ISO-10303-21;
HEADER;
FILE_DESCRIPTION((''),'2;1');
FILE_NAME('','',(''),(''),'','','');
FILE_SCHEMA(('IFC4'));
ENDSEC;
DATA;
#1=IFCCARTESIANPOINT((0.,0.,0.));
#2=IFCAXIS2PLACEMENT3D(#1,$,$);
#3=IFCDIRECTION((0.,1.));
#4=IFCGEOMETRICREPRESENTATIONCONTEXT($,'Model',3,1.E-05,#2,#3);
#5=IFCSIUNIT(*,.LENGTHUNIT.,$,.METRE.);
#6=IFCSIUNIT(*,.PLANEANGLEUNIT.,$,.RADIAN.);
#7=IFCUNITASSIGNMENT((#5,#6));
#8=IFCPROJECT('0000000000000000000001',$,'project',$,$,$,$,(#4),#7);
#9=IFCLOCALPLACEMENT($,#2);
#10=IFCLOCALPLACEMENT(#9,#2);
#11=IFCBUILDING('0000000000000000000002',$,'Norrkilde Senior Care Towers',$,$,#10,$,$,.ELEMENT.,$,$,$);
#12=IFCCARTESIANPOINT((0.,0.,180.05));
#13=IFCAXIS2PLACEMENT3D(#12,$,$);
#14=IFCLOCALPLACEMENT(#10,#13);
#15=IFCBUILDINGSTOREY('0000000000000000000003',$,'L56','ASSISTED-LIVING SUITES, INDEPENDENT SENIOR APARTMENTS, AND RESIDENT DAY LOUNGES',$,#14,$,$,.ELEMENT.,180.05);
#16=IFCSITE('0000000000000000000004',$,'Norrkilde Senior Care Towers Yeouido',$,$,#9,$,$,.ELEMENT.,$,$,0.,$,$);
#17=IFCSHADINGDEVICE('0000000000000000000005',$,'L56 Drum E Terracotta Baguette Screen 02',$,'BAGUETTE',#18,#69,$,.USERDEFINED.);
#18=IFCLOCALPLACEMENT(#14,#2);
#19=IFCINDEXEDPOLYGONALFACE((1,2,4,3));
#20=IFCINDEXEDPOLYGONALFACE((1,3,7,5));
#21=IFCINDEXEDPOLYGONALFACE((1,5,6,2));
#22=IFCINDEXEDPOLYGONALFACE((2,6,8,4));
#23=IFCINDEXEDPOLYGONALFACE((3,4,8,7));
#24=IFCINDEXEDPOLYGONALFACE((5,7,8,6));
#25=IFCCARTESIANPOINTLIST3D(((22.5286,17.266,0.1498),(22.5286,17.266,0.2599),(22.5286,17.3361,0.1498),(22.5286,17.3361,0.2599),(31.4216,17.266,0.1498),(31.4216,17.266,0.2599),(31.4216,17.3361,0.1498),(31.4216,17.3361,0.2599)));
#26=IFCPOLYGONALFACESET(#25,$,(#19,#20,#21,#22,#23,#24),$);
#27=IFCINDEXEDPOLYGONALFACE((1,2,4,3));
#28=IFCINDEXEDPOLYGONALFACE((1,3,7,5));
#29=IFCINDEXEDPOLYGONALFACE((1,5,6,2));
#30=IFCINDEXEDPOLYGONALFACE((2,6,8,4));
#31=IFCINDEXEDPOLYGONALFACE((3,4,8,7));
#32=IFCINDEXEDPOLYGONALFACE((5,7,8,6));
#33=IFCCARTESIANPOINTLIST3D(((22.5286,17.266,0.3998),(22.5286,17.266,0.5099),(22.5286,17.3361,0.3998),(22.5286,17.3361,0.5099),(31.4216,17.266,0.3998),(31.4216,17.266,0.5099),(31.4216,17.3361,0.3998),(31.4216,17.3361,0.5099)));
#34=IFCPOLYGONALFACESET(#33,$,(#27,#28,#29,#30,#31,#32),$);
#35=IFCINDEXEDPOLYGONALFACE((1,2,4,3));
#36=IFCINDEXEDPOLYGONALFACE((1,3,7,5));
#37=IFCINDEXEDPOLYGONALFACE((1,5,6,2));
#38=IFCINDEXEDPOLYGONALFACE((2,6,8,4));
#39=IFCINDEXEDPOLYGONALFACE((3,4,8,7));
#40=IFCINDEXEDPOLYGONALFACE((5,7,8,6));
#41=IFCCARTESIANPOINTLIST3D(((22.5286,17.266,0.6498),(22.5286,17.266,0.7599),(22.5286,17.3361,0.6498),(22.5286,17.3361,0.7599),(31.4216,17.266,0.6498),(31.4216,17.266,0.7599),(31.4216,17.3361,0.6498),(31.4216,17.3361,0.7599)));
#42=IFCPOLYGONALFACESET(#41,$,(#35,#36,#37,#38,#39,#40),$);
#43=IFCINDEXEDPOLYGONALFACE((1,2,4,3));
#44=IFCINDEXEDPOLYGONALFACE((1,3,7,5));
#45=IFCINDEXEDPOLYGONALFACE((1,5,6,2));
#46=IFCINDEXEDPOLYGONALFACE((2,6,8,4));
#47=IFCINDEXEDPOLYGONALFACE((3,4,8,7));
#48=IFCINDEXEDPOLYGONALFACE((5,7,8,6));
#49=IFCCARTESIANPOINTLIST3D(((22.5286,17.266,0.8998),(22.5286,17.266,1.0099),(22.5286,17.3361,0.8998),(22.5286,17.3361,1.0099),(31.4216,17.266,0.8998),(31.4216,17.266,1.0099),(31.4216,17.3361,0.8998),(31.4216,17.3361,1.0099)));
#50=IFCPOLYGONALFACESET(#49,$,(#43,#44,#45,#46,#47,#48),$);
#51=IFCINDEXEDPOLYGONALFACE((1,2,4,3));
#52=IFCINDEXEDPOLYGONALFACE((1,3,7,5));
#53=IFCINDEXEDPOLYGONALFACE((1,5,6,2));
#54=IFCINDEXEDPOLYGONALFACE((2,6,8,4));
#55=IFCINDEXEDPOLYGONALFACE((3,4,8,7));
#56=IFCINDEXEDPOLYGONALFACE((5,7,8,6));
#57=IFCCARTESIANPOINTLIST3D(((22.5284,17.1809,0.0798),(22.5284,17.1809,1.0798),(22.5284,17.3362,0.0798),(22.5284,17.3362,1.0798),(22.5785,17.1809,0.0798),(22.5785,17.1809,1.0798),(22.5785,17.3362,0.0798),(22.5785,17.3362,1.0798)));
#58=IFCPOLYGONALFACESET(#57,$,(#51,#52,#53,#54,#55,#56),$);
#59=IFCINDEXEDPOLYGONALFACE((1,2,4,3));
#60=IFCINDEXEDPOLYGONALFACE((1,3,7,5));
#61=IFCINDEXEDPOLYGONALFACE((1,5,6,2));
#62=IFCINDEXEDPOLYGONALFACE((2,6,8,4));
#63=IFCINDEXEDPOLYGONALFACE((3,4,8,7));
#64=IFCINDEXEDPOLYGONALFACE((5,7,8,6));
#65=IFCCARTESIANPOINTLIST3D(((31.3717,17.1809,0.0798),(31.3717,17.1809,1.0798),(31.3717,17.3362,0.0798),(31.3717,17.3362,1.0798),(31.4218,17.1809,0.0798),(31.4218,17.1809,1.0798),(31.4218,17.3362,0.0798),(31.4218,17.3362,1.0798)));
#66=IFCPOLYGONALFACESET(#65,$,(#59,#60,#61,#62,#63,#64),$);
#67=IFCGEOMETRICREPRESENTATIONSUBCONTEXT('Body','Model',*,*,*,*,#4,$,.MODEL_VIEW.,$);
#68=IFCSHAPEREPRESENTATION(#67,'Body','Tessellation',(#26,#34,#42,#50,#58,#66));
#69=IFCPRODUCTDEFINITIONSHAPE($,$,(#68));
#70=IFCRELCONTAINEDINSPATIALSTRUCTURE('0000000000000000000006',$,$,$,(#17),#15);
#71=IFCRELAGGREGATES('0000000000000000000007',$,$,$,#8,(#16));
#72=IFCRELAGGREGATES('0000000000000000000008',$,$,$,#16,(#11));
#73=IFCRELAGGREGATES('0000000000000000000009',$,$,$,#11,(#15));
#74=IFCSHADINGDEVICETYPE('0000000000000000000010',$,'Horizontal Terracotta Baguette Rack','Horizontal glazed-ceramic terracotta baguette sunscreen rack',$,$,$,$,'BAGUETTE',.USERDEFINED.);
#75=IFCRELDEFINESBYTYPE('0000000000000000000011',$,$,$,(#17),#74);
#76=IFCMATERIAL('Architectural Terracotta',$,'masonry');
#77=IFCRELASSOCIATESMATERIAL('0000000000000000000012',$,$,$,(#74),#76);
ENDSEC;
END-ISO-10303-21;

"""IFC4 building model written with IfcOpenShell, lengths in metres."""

from ifc_helpers import new_model, si_unit, direction, frame, origin, origin_2d, place, context, subcontext, project, spatial, rectangle, extrude, source, transform, mapped, material, type_object, type_shapes, element, save


model = new_model("IFC4")

# Units and contexts
model_context = context("Model", 3, precision=1e-05, world=origin(), true_north=direction((0.0, 1.0)))
body_context = subcontext(model_context, "Body", "Model", "MODEL_VIEW")
ifc_project = project(units=[si_unit("LENGTHUNIT", "METRE"), si_unit("PLANEANGLEUNIT", "RADIAN")], contexts=[model_context])

# Site, building, storey
site_placement = place(None, origin())
site = spatial("IfcSite", under=ifc_project, at=site_placement, Name="Norrkilde Senior Care Towers Yeouido", CompositionType="ELEMENT", RefElevation=0.0)
building_placement = place(site_placement, origin())
building = spatial("IfcBuilding", under=site, at=building_placement, Name="Norrkilde Senior Care Towers", CompositionType="ELEMENT")
storey_placement = place(building_placement, frame((0.0, 0.0, 180.05)))
storey = spatial("IfcBuildingStorey", under=building, at=storey_placement, Name="L56", Description="ASSISTED-LIVING SUITES, INDEPENDENT SENIOR APARTMENTS, AND RESIDENT DAY LOUNGES", CompositionType="ELEMENT", Elevation=180.05)

# Shading device
ifc_material_1 = material(Name="Architectural Terracotta", Category="masonry")
shading_device_type = type_object("IfcShadingDeviceType", Name="Horizontal Terracotta Baguette Rack", Description="Horizontal glazed-ceramic terracotta baguette sunscreen rack", ElementType="BAGUETTE", PredefinedType="USERDEFINED", material=ifc_material_1)
shared_shape_1 = source(origin(), body_context, "Body", "SweptSolid", [
    extrude(rectangle(XDim=0.0701, YDim=0.1101, at=origin_2d()), frame((0.0, 0.0901, 0.125), z_axis=(1.0, 0.0, 0.0), x_axis=(0.0, 1.0, 0.0)), (0.0, 0.0, 1.0), 8.8931),
    extrude(rectangle(XDim=0.0701, YDim=0.1101, at=origin_2d()), frame((0.0, 0.0901, 0.375), z_axis=(1.0, 0.0, 0.0), x_axis=(0.0, 1.0, 0.0)), (0.0, 0.0, 1.0), 8.8931),
    extrude(rectangle(XDim=0.0701, YDim=0.1101, at=origin_2d()), frame((0.0, 0.0901, 0.625), z_axis=(1.0, 0.0, 0.0), x_axis=(0.0, 1.0, 0.0)), (0.0, 0.0, 1.0), 8.8931),
    extrude(rectangle(XDim=0.0701, YDim=0.1101, at=origin_2d()), frame((0.0, 0.0901, 0.875), z_axis=(1.0, 0.0, 0.0), x_axis=(0.0, 1.0, 0.0)), (0.0, 0.0, 1.0), 8.8931),
    extrude(rectangle(XDim=0.05, YDim=0.1553, at=origin_2d()), frame((0.0249, 0.0476, 0.0)), (0.0, 0.0, 1.0), 1.0),
    extrude(rectangle(XDim=0.05, YDim=0.1553, at=origin_2d()), frame((8.8682, 0.0476, 0.0)), (0.0, 0.0, 1.0), 1.0),
])
type_shapes(shading_device_type, [shared_shape_1])
shading_device_placement = place(storey_placement, frame((22.5286, 17.2109, 0.0798), z_axis=(0.0, 0.0, 1.0), x_axis=(1.0, 0.0, 0.0)))
element("IfcShadingDevice", 1, at=shading_device_placement, inside=storey, type_object=shading_device_type, Name="L56 Drum E Terracotta Baguette Screen 02", ObjectType="BAGUETTE", PredefinedType="USERDEFINED", context=body_context, shape_type="MappedRepresentation", body=[
    mapped(shared_shape_1, transform((0.0, 0.0, 0.0), x_axis=(1.0, 0.0, 0.0), y_axis=(0.0, 1.0, 0.0), z_axis=(0.0, 0.0, 1.0), scale=1.0)),
])

save(model, "model.ifc")
